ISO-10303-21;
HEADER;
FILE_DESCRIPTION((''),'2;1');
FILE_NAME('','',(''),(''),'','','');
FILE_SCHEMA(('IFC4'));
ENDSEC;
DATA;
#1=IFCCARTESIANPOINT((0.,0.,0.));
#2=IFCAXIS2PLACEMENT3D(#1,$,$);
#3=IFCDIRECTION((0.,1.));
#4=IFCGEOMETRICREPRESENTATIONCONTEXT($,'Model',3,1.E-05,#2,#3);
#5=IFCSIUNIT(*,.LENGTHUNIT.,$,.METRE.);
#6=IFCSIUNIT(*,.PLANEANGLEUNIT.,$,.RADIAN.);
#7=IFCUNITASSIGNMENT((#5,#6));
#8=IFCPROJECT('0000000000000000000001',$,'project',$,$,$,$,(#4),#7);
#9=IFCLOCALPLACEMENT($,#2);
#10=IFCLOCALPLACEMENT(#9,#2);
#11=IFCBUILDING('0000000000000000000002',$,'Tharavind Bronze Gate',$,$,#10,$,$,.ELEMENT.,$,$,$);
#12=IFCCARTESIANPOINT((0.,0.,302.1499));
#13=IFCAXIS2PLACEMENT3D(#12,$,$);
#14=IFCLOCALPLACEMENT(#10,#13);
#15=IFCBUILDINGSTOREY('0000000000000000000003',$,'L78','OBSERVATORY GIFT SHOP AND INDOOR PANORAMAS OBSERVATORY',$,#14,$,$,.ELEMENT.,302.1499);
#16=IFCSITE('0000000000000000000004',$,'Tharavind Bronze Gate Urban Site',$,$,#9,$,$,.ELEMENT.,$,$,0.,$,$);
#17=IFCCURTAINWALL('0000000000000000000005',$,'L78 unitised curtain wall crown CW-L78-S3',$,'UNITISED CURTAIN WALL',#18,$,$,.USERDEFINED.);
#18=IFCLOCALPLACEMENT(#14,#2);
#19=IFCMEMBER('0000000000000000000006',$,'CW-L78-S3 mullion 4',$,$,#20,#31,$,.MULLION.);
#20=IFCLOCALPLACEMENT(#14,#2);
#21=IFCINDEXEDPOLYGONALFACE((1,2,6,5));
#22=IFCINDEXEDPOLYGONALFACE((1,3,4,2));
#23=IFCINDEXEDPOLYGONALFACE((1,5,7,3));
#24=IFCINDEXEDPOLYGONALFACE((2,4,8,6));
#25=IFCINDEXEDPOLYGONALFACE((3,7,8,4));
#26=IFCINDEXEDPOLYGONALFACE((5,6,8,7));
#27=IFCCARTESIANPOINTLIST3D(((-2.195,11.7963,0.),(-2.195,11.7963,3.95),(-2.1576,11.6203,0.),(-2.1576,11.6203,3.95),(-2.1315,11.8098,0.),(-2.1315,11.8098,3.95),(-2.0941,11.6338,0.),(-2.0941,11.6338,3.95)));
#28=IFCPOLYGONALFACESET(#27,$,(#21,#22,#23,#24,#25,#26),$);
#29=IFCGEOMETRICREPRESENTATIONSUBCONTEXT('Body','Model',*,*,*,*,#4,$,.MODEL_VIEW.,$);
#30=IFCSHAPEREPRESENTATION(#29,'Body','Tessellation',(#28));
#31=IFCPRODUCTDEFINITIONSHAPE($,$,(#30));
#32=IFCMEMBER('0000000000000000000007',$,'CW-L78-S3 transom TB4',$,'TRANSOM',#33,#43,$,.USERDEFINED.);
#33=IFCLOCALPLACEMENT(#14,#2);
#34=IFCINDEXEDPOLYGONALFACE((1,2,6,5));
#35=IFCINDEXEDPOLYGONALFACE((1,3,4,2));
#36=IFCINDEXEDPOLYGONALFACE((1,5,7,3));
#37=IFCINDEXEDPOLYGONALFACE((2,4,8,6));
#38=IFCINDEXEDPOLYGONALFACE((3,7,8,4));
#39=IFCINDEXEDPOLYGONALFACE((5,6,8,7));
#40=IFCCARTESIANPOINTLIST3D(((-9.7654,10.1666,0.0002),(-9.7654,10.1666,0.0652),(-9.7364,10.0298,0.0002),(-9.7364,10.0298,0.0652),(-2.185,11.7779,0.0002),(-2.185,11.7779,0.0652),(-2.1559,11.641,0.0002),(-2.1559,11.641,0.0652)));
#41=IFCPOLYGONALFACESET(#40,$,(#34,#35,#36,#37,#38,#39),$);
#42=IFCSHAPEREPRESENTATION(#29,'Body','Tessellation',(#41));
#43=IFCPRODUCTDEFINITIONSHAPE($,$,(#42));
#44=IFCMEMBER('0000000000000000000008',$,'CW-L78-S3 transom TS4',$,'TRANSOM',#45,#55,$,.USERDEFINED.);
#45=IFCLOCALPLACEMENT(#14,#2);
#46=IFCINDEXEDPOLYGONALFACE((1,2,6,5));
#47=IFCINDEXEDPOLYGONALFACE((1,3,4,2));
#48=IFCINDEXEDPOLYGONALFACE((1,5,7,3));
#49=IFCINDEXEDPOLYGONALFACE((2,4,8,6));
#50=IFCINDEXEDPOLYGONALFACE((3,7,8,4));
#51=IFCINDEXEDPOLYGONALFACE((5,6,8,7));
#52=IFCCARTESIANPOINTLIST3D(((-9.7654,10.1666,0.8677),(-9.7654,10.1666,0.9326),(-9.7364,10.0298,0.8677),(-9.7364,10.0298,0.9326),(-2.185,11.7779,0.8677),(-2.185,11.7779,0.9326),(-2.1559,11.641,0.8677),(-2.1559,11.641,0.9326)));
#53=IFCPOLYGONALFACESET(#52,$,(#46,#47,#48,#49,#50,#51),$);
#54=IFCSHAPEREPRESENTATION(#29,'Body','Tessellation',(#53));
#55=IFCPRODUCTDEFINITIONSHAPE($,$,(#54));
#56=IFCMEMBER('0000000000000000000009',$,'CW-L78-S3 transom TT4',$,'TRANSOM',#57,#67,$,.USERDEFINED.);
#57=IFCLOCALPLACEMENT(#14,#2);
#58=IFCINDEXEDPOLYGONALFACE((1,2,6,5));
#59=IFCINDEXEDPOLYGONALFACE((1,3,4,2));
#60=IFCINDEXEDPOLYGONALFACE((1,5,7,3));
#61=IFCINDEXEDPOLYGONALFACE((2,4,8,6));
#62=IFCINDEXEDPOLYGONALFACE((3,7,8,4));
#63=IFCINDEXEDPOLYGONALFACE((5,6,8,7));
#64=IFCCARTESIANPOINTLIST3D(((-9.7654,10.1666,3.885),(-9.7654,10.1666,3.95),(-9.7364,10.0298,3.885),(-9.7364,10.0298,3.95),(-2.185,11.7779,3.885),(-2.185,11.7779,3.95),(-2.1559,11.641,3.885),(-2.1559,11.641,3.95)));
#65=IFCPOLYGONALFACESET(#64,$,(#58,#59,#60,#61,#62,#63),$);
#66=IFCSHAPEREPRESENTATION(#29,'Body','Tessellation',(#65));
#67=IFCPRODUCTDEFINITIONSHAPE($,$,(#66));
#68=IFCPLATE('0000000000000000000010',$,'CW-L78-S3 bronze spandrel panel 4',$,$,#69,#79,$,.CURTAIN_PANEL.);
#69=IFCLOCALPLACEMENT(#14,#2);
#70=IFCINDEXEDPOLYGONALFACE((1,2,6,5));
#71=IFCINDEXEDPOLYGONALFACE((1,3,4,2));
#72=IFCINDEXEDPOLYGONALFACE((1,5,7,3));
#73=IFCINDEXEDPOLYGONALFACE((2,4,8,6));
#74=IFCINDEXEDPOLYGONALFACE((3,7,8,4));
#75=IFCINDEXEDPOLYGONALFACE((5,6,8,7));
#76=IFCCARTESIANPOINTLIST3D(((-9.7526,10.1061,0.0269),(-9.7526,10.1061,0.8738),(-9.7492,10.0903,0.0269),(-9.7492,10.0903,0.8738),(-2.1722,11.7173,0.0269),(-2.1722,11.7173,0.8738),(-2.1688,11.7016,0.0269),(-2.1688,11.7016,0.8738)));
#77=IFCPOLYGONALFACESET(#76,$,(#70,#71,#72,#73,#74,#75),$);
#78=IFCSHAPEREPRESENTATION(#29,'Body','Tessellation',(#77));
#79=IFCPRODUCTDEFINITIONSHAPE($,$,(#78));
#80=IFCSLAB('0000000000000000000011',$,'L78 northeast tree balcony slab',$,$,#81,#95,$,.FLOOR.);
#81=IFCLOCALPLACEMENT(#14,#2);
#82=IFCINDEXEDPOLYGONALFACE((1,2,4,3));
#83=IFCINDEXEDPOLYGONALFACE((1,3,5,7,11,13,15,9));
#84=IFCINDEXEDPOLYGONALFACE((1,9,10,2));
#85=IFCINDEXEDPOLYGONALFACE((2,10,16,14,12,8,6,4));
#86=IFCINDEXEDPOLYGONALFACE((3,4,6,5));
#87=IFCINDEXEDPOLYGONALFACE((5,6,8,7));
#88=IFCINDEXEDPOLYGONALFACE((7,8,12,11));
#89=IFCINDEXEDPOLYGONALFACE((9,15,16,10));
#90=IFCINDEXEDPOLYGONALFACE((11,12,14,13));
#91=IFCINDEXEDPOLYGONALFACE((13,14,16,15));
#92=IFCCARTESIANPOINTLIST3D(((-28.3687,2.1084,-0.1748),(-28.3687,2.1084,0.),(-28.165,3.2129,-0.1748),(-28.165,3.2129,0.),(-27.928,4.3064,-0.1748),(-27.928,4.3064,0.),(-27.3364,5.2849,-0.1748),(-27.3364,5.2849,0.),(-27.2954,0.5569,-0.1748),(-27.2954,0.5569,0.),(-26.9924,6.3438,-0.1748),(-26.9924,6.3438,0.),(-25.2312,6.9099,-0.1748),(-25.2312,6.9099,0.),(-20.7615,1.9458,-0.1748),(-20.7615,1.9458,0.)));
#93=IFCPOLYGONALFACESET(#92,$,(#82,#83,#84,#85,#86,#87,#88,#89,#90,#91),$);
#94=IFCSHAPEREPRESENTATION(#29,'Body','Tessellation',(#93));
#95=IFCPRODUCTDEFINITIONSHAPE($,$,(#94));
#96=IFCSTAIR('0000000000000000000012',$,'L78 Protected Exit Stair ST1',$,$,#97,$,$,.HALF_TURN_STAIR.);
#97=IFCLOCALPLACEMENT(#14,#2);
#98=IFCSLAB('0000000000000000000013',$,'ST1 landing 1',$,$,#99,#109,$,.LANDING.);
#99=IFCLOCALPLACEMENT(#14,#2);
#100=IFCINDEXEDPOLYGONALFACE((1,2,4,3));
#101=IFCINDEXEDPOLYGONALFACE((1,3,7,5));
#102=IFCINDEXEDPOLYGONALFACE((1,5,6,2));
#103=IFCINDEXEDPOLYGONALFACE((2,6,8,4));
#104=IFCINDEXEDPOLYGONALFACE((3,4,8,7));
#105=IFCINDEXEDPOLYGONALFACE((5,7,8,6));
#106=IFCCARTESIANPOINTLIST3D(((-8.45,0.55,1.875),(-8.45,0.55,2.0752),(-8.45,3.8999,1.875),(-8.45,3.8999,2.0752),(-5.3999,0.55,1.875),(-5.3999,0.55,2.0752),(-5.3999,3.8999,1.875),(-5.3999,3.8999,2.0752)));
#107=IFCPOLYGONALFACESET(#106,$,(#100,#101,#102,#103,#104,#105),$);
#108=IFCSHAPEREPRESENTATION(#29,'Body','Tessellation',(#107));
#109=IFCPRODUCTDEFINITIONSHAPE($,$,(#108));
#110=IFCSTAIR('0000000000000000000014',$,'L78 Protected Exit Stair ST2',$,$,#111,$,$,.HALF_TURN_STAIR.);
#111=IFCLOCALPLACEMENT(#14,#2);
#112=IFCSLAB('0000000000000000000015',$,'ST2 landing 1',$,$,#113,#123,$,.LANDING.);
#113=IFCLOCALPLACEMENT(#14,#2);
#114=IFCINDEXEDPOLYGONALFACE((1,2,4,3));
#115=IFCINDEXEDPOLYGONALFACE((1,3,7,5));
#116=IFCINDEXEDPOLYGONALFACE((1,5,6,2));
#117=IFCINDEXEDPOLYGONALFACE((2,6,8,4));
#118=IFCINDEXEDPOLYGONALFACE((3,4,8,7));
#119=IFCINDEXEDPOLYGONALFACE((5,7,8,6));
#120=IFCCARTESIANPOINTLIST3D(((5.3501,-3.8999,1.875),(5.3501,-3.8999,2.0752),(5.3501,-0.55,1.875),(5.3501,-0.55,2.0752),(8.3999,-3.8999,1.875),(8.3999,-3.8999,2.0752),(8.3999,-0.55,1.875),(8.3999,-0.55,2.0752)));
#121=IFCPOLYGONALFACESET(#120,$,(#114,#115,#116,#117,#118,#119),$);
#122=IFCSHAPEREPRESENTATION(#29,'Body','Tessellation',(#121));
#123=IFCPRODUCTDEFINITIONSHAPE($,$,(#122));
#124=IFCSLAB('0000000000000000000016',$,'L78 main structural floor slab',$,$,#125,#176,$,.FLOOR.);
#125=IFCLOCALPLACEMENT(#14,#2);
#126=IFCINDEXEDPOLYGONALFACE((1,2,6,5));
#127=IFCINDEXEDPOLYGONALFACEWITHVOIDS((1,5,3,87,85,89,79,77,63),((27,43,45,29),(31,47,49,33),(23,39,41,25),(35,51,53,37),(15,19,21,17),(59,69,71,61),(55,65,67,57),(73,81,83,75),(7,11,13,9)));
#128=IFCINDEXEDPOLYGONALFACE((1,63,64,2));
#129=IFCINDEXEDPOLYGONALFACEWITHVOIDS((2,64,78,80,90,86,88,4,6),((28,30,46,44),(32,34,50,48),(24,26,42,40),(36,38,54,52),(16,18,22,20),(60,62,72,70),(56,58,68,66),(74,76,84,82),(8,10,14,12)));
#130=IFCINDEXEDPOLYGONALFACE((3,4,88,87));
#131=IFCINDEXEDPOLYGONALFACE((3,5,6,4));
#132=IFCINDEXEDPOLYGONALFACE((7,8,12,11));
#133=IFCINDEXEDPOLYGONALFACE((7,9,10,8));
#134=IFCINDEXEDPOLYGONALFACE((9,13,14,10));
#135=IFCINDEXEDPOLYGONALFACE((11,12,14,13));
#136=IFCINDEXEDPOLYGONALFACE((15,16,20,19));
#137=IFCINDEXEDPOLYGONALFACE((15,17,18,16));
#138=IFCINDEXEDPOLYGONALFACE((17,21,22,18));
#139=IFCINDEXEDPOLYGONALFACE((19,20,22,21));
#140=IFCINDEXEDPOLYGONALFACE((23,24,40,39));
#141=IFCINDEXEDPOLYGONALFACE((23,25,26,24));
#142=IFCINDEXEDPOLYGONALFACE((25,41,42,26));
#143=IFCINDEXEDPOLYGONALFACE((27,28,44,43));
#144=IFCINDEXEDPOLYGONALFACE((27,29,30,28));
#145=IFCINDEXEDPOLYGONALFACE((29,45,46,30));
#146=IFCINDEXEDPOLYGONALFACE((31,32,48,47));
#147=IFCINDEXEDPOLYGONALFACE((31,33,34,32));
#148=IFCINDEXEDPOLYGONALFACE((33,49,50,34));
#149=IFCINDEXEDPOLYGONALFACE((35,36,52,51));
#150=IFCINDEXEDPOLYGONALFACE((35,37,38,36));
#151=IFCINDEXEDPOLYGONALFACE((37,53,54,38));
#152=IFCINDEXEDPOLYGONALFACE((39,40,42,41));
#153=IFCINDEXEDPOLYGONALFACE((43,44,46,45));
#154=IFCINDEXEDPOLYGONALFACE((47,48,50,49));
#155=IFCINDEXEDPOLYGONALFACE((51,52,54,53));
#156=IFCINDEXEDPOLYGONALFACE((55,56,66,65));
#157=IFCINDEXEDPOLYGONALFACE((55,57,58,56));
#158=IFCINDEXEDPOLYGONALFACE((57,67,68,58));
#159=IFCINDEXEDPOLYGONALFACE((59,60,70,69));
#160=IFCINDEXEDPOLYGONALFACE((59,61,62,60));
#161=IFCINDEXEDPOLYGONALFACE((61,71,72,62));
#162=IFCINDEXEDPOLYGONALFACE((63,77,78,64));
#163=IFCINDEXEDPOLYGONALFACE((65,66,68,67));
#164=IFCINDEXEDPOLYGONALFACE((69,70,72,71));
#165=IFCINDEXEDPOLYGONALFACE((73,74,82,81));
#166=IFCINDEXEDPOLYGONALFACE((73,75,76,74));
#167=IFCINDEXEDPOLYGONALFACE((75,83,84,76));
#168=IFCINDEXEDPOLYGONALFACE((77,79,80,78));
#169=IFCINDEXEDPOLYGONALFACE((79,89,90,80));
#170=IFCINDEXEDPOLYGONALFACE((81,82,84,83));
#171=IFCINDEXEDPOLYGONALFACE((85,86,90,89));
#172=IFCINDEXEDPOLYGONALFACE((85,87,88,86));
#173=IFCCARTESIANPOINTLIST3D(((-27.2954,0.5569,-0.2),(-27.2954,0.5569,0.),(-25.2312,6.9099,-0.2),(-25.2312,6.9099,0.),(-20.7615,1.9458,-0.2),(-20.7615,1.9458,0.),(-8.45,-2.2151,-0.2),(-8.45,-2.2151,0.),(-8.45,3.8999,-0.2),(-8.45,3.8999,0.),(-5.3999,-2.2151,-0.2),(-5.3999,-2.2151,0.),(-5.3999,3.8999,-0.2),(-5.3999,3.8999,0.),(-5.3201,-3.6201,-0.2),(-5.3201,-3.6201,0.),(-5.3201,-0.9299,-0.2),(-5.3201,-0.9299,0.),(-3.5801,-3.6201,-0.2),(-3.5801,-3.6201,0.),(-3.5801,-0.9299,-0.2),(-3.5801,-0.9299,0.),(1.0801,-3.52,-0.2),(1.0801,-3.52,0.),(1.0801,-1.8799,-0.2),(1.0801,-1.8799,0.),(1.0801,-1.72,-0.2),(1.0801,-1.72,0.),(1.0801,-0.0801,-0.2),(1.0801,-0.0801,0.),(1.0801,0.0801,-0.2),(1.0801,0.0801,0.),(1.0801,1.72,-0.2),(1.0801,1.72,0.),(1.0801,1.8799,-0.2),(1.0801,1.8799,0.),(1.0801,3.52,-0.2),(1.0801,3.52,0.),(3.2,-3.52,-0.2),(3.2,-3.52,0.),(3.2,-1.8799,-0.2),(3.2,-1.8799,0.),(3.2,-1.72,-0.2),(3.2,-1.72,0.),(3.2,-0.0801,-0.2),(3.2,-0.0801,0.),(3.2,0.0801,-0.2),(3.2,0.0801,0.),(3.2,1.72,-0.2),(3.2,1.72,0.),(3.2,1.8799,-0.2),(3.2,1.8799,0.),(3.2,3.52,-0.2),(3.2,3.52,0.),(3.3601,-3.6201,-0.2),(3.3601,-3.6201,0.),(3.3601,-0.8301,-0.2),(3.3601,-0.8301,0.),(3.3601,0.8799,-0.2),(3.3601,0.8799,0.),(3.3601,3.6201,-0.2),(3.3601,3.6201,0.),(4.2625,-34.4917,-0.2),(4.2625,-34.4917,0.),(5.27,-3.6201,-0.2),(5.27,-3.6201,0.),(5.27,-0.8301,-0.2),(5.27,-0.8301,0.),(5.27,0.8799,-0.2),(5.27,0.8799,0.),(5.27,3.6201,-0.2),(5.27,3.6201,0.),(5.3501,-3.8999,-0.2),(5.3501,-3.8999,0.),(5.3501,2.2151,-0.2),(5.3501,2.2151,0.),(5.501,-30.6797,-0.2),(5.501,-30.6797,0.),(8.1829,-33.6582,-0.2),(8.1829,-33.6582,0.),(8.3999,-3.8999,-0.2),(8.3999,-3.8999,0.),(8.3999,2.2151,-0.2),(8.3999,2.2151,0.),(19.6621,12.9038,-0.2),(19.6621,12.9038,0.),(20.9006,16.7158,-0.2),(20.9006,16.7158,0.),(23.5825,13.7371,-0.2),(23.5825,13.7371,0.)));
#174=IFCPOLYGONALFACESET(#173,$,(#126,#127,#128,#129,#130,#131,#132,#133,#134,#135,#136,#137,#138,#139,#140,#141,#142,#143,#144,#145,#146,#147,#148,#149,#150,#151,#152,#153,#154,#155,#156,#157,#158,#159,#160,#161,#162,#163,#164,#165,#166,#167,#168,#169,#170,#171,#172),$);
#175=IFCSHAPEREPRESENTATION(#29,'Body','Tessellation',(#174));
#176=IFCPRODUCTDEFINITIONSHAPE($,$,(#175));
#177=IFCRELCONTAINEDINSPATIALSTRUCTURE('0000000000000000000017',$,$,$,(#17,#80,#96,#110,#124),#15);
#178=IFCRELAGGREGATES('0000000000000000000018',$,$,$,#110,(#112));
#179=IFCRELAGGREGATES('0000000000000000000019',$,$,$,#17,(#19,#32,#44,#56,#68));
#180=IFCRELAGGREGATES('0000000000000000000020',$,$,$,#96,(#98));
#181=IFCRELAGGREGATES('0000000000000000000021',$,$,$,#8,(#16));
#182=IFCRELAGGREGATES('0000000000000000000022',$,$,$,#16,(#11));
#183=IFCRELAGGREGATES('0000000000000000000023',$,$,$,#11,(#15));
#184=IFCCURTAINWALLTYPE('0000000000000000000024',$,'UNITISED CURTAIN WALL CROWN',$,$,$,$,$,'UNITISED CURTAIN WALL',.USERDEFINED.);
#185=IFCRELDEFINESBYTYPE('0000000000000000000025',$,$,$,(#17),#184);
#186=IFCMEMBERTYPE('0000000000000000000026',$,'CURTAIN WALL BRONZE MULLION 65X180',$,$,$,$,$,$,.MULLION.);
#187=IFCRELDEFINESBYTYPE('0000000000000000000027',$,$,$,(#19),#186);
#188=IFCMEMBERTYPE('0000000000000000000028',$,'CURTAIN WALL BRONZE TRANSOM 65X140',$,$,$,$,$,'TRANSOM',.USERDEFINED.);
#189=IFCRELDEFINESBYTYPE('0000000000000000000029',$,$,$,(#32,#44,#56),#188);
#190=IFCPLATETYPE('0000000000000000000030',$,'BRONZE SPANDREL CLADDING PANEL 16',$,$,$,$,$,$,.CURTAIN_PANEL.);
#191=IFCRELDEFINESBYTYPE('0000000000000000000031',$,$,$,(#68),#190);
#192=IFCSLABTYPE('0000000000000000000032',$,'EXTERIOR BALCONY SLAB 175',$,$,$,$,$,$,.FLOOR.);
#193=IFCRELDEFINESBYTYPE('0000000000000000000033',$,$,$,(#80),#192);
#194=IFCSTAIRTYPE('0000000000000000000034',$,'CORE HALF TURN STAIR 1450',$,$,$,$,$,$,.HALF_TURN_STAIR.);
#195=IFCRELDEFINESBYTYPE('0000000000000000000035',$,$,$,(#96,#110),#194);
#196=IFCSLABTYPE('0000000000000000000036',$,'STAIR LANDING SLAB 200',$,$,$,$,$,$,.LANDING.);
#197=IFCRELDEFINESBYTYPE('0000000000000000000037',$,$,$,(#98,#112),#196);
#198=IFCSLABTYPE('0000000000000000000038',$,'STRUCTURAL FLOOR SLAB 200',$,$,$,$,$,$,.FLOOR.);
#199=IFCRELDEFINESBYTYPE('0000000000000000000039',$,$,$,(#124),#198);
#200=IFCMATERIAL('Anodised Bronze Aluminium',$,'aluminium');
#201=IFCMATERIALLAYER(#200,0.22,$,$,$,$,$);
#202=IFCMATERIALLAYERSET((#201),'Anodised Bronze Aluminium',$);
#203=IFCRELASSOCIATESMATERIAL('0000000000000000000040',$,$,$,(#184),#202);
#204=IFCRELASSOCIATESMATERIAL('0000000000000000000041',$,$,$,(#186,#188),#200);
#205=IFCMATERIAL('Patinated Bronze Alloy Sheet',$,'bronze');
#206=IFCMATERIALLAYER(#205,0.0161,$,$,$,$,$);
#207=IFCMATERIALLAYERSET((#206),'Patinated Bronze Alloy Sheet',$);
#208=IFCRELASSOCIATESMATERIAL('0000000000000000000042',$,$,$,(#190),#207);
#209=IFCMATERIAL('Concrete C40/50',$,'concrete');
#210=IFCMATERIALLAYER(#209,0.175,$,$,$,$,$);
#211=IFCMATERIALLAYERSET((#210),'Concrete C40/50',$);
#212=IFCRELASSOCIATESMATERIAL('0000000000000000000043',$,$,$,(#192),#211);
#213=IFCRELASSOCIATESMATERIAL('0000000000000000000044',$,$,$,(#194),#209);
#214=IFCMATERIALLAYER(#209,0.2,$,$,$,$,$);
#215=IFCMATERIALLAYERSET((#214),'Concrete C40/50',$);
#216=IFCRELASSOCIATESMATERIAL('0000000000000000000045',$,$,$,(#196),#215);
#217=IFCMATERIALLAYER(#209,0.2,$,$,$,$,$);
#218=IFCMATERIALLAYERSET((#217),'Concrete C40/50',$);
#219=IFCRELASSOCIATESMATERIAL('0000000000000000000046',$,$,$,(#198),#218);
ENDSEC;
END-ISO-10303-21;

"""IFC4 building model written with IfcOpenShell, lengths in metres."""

from ifc_helpers import new_model, si_unit, direction, frame, origin, origin_2d, place, context, subcontext, project, spatial, polyline, rectangle, outline, extrude, material, layer, layer_set, type_object, element, aggregate, save


model = new_model("IFC4")

# Units and contexts
model_context = context("Model", 3, precision=1e-05, world=origin(), true_north=direction((0.0, 1.0)))
body_context = subcontext(model_context, "Body", "Model", "MODEL_VIEW")
ifc_project = project(units=[si_unit("LENGTHUNIT", "METRE"), si_unit("PLANEANGLEUNIT", "RADIAN")], contexts=[model_context])

# Site, building, storey
site_placement = place(None, origin())
site = spatial("IfcSite", under=ifc_project, at=site_placement, Name="Tharavind Bronze Gate Urban Site", CompositionType="ELEMENT", RefElevation=0.0)
building_placement = place(site_placement, origin())
building = spatial("IfcBuilding", under=site, at=building_placement, Name="Tharavind Bronze Gate", CompositionType="ELEMENT")
storey_placement = place(building_placement, frame((0.0, 0.0, 302.1499)))
storey = spatial("IfcBuildingStorey", under=building, at=storey_placement, Name="L78", Description="OBSERVATORY GIFT SHOP AND INDOOR PANORAMAS OBSERVATORY", CompositionType="ELEMENT", Elevation=302.1499)

# Curtain wall, members, plate
ifc_material_1 = material(Name="Anodised Bronze Aluminium", Category="aluminium")
ifc_layer_1 = layer(ifc_material_1, 0.22)
ifc_layer_set_1 = layer_set([ifc_layer_1], Name="Anodised Bronze Aluminium")
curtain_wall_type = type_object("IfcCurtainWallType", Name="UNITISED CURTAIN WALL CROWN", ElementType="UNITISED CURTAIN WALL", PredefinedType="USERDEFINED", material=ifc_layer_set_1)
curtain_wall_placement = place(storey_placement, origin())
curtain_wall = element("IfcCurtainWall", 1, at=curtain_wall_placement, inside=storey, type_object=curtain_wall_type, Name="L78 unitised curtain wall crown CW-L78-S3", ObjectType="UNITISED CURTAIN WALL", PredefinedType="USERDEFINED")
member_type_1 = type_object("IfcMemberType", Name="CURTAIN WALL BRONZE MULLION 65X180", PredefinedType="MULLION", material=ifc_material_1)
member_1_placement = place(storey_placement, frame((-2.1445, 11.7151, 0.0), z_axis=(0.0, 0.0, 1.0), x_axis=(-0.978147, -0.207913, 0.0)))
member_1 = element("IfcMember", 2, at=member_1_placement, type_object=member_type_1, Name="CW-L78-S3 mullion 4", PredefinedType="MULLION", context=body_context, shape_type="SweptSolid", body=[
    extrude(rectangle(XDim=0.0649, YDim=0.1799, at=origin_2d()), origin(), (0.0, 0.0, 1.0), 3.95),
])
member_type_2 = type_object("IfcMemberType", Name="CURTAIN WALL BRONZE TRANSOM 65X140", ElementType="TRANSOM", PredefinedType="USERDEFINED", material=ifc_material_1)
member_2_placement = place(storey_placement, frame((-5.9607, 10.9038, 0.0002), z_axis=(0.0, 0.0, 1.0), x_axis=(-0.978147, -0.207913, 0.0)))
member_2 = element("IfcMember", 3, at=member_2_placement, type_object=member_type_2, Name="CW-L78-S3 transom TB4", ObjectType="TRANSOM", PredefinedType="USERDEFINED", context=body_context, shape_type="SweptSolid", body=[
    extrude(rectangle(XDim=7.7498, YDim=0.1399, at=origin_2d()), origin(), (0.0, 0.0, 1.0), 0.0649),
])
member_3_placement = place(storey_placement, frame((-5.9607, 10.9038, 0.8677), z_axis=(0.0, 0.0, 1.0), x_axis=(-0.978147, -0.207913, 0.0)))
member_3 = element("IfcMember", 4, at=member_3_placement, type_object=member_type_2, Name="CW-L78-S3 transom TS4", ObjectType="TRANSOM", PredefinedType="USERDEFINED", context=body_context, shape_type="SweptSolid", body=[
    extrude(rectangle(XDim=7.7498, YDim=0.1399, at=origin_2d()), origin(), (0.0, 0.0, 1.0), 0.0649),
])
member_4_placement = place(storey_placement, frame((-5.9607, 10.9038, 3.885), z_axis=(0.0, 0.0, 1.0), x_axis=(-0.978147, -0.207913, 0.0)))
member_4 = element("IfcMember", 5, at=member_4_placement, type_object=member_type_2, Name="CW-L78-S3 transom TT4", ObjectType="TRANSOM", PredefinedType="USERDEFINED", context=body_context, shape_type="SweptSolid", body=[
    extrude(rectangle(XDim=7.7498, YDim=0.1399, at=origin_2d()), origin(), (0.0, 0.0, 1.0), 0.0649),
])
ifc_material_2 = material(Name="Patinated Bronze Alloy Sheet", Category="bronze")
ifc_layer_2 = layer(ifc_material_2, 0.0161)
ifc_layer_set_2 = layer_set([ifc_layer_2], Name="Patinated Bronze Alloy Sheet")
plate_type_1 = type_object("IfcPlateType", Name="BRONZE SPANDREL CLADDING PANEL 16", PredefinedType="CURTAIN_PANEL", material=ifc_layer_set_2)
plate_1_placement = place(storey_placement, frame((-5.9607, 10.9038, 0.0269), z_axis=(0.0, 0.0, 1.0), x_axis=(-0.978147, -0.207913, 0.0)))
plate_1 = element("IfcPlate", 6, at=plate_1_placement, type_object=plate_type_1, Name="CW-L78-S3 bronze spandrel panel 4", PredefinedType="CURTAIN_PANEL", context=body_context, shape_type="SweptSolid", body=[
    extrude(rectangle(XDim=7.7498, YDim=0.0161, at=origin_2d()), origin(), (0.0, 0.0, 1.0), 0.8469),
])

# Slab
ifc_material_3 = material(Name="Concrete C40/50", Category="concrete")
ifc_layer_3 = layer(ifc_material_3, 0.175)
ifc_layer_set_3 = layer_set([ifc_layer_3], Name="Concrete C40/50")
slab_type_1 = type_object("IfcSlabType", Name="EXTERIOR BALCONY SLAB 175", PredefinedType="FLOOR", material=ifc_layer_set_3)
slab_1_placement = place(storey_placement, frame((0.0, 0.0, -0.1748)))
element("IfcSlab", 7, at=slab_1_placement, inside=storey, type_object=slab_type_1, Name="L78 northeast tree balcony slab", PredefinedType="FLOOR", context=body_context, shape_type="SweptSolid", body=[
    extrude(outline(polyline([(-26.9924, 6.3438), (-27.3364, 5.2849), (-27.928, 4.3064), (-28.165, 3.2129), (-28.3687, 2.1084), (-27.2954, 0.5569), (-20.7615, 1.9458), (-25.2312, 6.9099), (-26.9924, 6.3438)])), origin(), (0.0, 0.0, 1.0), 0.1748),
])

# Stairs, slabs
stair_type = type_object("IfcStairType", Name="CORE HALF TURN STAIR 1450", PredefinedType="HALF_TURN_STAIR", material=ifc_material_3)
stair_1_placement = place(storey_placement, origin())
stair_1 = element("IfcStair", 8, at=stair_1_placement, inside=storey, type_object=stair_type, Name="L78 Protected Exit Stair ST1", PredefinedType="HALF_TURN_STAIR")
ifc_layer_4 = layer(ifc_material_3, 0.2)
ifc_layer_set_4 = layer_set([ifc_layer_4], Name="Concrete C40/50")
slab_type_2 = type_object("IfcSlabType", Name="STAIR LANDING SLAB 200", PredefinedType="LANDING", material=ifc_layer_set_4)
slab_2_placement = place(storey_placement, frame((0.0, 0.0, 1.875)))
slab_2 = element("IfcSlab", 9, at=slab_2_placement, type_object=slab_type_2, Name="ST1 landing 1", PredefinedType="LANDING", context=body_context, shape_type="SweptSolid", body=[
    extrude(outline(polyline([(-5.3999, 0.55), (-5.3999, 3.8999), (-8.45, 3.8999), (-8.45, 0.55), (-5.3999, 0.55)])), origin(), (0.0, 0.0, 1.0), 0.2002),
])
stair_2_placement = place(storey_placement, origin())
stair_2 = element("IfcStair", 10, at=stair_2_placement, inside=storey, type_object=stair_type, Name="L78 Protected Exit Stair ST2", PredefinedType="HALF_TURN_STAIR")
slab_3_placement = place(storey_placement, frame((0.0, 0.0, 1.875)))
slab_3 = element("IfcSlab", 11, at=slab_3_placement, type_object=slab_type_2, Name="ST2 landing 1", PredefinedType="LANDING", context=body_context, shape_type="SweptSolid", body=[
    extrude(outline(polyline([(5.3501, -0.55), (5.3501, -3.8999), (8.3999, -3.8999), (8.3999, -0.55), (5.3501, -0.55)])), origin(), (0.0, 0.0, 1.0), 0.2002),
])
aggregate(stair_2, [slab_3])

# Slab
ifc_layer_5 = layer(ifc_material_3, 0.2)
ifc_layer_set_5 = layer_set([ifc_layer_5], Name="Concrete C40/50")
slab_type_3 = type_object("IfcSlabType", Name="STRUCTURAL FLOOR SLAB 200", PredefinedType="FLOOR", material=ifc_layer_set_5)
slab_4_placement = place(storey_placement, frame((0.0, 0.0, -0.2)))
element("IfcSlab", 12, at=slab_4_placement, inside=storey, type_object=slab_type_3, Name="L78 main structural floor slab", PredefinedType="FLOOR", context=body_context, shape_type="SweptSolid", body=[
    extrude(outline(polyline([(-25.2312, 6.9099), (-20.7615, 1.9458), (-27.2954, 0.5569), (4.2625, -34.4917), (5.501, -30.6797), (8.1829, -33.6582), (23.5825, 13.7371), (19.6621, 12.9038), (20.9006, 16.7158), (-25.2312, 6.9099)]), holes=[polyline([(-5.3999, -2.2151), (-5.3999, 3.8999), (-8.45, 3.8999), (-8.45, -2.2151), (-5.3999, -2.2151)]), polyline([(5.3501, 2.2151), (5.3501, -3.8999), (8.3999, -3.8999), (8.3999, 2.2151), (5.3501, 2.2151)]), polyline([(1.0801, -3.52), (3.2, -3.52), (3.2, -1.8799), (1.0801, -1.8799), (1.0801, -3.52)]), polyline([(1.0801, -1.72), (3.2, -1.72), (3.2, -0.0801), (1.0801, -0.0801), (1.0801, -1.72)]), polyline([(1.0801, 0.0801), (3.2, 0.0801), (3.2, 1.72), (1.0801, 1.72), (1.0801, 0.0801)]), polyline([(1.0801, 1.8799), (3.2, 1.8799), (3.2, 3.52), (1.0801, 3.52), (1.0801, 1.8799)]), polyline([(-5.3201, -3.6201), (-3.5801, -3.6201), (-3.5801, -0.9299), (-5.3201, -0.9299), (-5.3201, -3.6201)]), polyline([(3.3601, 0.8799), (5.27, 0.8799), (5.27, 3.6201), (3.3601, 3.6201), (3.3601, 0.8799)]), polyline([(3.3601, -3.6201), (5.27, -3.6201), (5.27, -0.8301), (3.3601, -0.8301), (3.3601, -3.6201)])]), origin(), (0.0, 0.0, 1.0), 0.2),
])

aggregate(curtain_wall, [member_1, member_2, member_3, member_4, plate_1])

aggregate(stair_1, [slab_2])

save(model, "model.ifc")
